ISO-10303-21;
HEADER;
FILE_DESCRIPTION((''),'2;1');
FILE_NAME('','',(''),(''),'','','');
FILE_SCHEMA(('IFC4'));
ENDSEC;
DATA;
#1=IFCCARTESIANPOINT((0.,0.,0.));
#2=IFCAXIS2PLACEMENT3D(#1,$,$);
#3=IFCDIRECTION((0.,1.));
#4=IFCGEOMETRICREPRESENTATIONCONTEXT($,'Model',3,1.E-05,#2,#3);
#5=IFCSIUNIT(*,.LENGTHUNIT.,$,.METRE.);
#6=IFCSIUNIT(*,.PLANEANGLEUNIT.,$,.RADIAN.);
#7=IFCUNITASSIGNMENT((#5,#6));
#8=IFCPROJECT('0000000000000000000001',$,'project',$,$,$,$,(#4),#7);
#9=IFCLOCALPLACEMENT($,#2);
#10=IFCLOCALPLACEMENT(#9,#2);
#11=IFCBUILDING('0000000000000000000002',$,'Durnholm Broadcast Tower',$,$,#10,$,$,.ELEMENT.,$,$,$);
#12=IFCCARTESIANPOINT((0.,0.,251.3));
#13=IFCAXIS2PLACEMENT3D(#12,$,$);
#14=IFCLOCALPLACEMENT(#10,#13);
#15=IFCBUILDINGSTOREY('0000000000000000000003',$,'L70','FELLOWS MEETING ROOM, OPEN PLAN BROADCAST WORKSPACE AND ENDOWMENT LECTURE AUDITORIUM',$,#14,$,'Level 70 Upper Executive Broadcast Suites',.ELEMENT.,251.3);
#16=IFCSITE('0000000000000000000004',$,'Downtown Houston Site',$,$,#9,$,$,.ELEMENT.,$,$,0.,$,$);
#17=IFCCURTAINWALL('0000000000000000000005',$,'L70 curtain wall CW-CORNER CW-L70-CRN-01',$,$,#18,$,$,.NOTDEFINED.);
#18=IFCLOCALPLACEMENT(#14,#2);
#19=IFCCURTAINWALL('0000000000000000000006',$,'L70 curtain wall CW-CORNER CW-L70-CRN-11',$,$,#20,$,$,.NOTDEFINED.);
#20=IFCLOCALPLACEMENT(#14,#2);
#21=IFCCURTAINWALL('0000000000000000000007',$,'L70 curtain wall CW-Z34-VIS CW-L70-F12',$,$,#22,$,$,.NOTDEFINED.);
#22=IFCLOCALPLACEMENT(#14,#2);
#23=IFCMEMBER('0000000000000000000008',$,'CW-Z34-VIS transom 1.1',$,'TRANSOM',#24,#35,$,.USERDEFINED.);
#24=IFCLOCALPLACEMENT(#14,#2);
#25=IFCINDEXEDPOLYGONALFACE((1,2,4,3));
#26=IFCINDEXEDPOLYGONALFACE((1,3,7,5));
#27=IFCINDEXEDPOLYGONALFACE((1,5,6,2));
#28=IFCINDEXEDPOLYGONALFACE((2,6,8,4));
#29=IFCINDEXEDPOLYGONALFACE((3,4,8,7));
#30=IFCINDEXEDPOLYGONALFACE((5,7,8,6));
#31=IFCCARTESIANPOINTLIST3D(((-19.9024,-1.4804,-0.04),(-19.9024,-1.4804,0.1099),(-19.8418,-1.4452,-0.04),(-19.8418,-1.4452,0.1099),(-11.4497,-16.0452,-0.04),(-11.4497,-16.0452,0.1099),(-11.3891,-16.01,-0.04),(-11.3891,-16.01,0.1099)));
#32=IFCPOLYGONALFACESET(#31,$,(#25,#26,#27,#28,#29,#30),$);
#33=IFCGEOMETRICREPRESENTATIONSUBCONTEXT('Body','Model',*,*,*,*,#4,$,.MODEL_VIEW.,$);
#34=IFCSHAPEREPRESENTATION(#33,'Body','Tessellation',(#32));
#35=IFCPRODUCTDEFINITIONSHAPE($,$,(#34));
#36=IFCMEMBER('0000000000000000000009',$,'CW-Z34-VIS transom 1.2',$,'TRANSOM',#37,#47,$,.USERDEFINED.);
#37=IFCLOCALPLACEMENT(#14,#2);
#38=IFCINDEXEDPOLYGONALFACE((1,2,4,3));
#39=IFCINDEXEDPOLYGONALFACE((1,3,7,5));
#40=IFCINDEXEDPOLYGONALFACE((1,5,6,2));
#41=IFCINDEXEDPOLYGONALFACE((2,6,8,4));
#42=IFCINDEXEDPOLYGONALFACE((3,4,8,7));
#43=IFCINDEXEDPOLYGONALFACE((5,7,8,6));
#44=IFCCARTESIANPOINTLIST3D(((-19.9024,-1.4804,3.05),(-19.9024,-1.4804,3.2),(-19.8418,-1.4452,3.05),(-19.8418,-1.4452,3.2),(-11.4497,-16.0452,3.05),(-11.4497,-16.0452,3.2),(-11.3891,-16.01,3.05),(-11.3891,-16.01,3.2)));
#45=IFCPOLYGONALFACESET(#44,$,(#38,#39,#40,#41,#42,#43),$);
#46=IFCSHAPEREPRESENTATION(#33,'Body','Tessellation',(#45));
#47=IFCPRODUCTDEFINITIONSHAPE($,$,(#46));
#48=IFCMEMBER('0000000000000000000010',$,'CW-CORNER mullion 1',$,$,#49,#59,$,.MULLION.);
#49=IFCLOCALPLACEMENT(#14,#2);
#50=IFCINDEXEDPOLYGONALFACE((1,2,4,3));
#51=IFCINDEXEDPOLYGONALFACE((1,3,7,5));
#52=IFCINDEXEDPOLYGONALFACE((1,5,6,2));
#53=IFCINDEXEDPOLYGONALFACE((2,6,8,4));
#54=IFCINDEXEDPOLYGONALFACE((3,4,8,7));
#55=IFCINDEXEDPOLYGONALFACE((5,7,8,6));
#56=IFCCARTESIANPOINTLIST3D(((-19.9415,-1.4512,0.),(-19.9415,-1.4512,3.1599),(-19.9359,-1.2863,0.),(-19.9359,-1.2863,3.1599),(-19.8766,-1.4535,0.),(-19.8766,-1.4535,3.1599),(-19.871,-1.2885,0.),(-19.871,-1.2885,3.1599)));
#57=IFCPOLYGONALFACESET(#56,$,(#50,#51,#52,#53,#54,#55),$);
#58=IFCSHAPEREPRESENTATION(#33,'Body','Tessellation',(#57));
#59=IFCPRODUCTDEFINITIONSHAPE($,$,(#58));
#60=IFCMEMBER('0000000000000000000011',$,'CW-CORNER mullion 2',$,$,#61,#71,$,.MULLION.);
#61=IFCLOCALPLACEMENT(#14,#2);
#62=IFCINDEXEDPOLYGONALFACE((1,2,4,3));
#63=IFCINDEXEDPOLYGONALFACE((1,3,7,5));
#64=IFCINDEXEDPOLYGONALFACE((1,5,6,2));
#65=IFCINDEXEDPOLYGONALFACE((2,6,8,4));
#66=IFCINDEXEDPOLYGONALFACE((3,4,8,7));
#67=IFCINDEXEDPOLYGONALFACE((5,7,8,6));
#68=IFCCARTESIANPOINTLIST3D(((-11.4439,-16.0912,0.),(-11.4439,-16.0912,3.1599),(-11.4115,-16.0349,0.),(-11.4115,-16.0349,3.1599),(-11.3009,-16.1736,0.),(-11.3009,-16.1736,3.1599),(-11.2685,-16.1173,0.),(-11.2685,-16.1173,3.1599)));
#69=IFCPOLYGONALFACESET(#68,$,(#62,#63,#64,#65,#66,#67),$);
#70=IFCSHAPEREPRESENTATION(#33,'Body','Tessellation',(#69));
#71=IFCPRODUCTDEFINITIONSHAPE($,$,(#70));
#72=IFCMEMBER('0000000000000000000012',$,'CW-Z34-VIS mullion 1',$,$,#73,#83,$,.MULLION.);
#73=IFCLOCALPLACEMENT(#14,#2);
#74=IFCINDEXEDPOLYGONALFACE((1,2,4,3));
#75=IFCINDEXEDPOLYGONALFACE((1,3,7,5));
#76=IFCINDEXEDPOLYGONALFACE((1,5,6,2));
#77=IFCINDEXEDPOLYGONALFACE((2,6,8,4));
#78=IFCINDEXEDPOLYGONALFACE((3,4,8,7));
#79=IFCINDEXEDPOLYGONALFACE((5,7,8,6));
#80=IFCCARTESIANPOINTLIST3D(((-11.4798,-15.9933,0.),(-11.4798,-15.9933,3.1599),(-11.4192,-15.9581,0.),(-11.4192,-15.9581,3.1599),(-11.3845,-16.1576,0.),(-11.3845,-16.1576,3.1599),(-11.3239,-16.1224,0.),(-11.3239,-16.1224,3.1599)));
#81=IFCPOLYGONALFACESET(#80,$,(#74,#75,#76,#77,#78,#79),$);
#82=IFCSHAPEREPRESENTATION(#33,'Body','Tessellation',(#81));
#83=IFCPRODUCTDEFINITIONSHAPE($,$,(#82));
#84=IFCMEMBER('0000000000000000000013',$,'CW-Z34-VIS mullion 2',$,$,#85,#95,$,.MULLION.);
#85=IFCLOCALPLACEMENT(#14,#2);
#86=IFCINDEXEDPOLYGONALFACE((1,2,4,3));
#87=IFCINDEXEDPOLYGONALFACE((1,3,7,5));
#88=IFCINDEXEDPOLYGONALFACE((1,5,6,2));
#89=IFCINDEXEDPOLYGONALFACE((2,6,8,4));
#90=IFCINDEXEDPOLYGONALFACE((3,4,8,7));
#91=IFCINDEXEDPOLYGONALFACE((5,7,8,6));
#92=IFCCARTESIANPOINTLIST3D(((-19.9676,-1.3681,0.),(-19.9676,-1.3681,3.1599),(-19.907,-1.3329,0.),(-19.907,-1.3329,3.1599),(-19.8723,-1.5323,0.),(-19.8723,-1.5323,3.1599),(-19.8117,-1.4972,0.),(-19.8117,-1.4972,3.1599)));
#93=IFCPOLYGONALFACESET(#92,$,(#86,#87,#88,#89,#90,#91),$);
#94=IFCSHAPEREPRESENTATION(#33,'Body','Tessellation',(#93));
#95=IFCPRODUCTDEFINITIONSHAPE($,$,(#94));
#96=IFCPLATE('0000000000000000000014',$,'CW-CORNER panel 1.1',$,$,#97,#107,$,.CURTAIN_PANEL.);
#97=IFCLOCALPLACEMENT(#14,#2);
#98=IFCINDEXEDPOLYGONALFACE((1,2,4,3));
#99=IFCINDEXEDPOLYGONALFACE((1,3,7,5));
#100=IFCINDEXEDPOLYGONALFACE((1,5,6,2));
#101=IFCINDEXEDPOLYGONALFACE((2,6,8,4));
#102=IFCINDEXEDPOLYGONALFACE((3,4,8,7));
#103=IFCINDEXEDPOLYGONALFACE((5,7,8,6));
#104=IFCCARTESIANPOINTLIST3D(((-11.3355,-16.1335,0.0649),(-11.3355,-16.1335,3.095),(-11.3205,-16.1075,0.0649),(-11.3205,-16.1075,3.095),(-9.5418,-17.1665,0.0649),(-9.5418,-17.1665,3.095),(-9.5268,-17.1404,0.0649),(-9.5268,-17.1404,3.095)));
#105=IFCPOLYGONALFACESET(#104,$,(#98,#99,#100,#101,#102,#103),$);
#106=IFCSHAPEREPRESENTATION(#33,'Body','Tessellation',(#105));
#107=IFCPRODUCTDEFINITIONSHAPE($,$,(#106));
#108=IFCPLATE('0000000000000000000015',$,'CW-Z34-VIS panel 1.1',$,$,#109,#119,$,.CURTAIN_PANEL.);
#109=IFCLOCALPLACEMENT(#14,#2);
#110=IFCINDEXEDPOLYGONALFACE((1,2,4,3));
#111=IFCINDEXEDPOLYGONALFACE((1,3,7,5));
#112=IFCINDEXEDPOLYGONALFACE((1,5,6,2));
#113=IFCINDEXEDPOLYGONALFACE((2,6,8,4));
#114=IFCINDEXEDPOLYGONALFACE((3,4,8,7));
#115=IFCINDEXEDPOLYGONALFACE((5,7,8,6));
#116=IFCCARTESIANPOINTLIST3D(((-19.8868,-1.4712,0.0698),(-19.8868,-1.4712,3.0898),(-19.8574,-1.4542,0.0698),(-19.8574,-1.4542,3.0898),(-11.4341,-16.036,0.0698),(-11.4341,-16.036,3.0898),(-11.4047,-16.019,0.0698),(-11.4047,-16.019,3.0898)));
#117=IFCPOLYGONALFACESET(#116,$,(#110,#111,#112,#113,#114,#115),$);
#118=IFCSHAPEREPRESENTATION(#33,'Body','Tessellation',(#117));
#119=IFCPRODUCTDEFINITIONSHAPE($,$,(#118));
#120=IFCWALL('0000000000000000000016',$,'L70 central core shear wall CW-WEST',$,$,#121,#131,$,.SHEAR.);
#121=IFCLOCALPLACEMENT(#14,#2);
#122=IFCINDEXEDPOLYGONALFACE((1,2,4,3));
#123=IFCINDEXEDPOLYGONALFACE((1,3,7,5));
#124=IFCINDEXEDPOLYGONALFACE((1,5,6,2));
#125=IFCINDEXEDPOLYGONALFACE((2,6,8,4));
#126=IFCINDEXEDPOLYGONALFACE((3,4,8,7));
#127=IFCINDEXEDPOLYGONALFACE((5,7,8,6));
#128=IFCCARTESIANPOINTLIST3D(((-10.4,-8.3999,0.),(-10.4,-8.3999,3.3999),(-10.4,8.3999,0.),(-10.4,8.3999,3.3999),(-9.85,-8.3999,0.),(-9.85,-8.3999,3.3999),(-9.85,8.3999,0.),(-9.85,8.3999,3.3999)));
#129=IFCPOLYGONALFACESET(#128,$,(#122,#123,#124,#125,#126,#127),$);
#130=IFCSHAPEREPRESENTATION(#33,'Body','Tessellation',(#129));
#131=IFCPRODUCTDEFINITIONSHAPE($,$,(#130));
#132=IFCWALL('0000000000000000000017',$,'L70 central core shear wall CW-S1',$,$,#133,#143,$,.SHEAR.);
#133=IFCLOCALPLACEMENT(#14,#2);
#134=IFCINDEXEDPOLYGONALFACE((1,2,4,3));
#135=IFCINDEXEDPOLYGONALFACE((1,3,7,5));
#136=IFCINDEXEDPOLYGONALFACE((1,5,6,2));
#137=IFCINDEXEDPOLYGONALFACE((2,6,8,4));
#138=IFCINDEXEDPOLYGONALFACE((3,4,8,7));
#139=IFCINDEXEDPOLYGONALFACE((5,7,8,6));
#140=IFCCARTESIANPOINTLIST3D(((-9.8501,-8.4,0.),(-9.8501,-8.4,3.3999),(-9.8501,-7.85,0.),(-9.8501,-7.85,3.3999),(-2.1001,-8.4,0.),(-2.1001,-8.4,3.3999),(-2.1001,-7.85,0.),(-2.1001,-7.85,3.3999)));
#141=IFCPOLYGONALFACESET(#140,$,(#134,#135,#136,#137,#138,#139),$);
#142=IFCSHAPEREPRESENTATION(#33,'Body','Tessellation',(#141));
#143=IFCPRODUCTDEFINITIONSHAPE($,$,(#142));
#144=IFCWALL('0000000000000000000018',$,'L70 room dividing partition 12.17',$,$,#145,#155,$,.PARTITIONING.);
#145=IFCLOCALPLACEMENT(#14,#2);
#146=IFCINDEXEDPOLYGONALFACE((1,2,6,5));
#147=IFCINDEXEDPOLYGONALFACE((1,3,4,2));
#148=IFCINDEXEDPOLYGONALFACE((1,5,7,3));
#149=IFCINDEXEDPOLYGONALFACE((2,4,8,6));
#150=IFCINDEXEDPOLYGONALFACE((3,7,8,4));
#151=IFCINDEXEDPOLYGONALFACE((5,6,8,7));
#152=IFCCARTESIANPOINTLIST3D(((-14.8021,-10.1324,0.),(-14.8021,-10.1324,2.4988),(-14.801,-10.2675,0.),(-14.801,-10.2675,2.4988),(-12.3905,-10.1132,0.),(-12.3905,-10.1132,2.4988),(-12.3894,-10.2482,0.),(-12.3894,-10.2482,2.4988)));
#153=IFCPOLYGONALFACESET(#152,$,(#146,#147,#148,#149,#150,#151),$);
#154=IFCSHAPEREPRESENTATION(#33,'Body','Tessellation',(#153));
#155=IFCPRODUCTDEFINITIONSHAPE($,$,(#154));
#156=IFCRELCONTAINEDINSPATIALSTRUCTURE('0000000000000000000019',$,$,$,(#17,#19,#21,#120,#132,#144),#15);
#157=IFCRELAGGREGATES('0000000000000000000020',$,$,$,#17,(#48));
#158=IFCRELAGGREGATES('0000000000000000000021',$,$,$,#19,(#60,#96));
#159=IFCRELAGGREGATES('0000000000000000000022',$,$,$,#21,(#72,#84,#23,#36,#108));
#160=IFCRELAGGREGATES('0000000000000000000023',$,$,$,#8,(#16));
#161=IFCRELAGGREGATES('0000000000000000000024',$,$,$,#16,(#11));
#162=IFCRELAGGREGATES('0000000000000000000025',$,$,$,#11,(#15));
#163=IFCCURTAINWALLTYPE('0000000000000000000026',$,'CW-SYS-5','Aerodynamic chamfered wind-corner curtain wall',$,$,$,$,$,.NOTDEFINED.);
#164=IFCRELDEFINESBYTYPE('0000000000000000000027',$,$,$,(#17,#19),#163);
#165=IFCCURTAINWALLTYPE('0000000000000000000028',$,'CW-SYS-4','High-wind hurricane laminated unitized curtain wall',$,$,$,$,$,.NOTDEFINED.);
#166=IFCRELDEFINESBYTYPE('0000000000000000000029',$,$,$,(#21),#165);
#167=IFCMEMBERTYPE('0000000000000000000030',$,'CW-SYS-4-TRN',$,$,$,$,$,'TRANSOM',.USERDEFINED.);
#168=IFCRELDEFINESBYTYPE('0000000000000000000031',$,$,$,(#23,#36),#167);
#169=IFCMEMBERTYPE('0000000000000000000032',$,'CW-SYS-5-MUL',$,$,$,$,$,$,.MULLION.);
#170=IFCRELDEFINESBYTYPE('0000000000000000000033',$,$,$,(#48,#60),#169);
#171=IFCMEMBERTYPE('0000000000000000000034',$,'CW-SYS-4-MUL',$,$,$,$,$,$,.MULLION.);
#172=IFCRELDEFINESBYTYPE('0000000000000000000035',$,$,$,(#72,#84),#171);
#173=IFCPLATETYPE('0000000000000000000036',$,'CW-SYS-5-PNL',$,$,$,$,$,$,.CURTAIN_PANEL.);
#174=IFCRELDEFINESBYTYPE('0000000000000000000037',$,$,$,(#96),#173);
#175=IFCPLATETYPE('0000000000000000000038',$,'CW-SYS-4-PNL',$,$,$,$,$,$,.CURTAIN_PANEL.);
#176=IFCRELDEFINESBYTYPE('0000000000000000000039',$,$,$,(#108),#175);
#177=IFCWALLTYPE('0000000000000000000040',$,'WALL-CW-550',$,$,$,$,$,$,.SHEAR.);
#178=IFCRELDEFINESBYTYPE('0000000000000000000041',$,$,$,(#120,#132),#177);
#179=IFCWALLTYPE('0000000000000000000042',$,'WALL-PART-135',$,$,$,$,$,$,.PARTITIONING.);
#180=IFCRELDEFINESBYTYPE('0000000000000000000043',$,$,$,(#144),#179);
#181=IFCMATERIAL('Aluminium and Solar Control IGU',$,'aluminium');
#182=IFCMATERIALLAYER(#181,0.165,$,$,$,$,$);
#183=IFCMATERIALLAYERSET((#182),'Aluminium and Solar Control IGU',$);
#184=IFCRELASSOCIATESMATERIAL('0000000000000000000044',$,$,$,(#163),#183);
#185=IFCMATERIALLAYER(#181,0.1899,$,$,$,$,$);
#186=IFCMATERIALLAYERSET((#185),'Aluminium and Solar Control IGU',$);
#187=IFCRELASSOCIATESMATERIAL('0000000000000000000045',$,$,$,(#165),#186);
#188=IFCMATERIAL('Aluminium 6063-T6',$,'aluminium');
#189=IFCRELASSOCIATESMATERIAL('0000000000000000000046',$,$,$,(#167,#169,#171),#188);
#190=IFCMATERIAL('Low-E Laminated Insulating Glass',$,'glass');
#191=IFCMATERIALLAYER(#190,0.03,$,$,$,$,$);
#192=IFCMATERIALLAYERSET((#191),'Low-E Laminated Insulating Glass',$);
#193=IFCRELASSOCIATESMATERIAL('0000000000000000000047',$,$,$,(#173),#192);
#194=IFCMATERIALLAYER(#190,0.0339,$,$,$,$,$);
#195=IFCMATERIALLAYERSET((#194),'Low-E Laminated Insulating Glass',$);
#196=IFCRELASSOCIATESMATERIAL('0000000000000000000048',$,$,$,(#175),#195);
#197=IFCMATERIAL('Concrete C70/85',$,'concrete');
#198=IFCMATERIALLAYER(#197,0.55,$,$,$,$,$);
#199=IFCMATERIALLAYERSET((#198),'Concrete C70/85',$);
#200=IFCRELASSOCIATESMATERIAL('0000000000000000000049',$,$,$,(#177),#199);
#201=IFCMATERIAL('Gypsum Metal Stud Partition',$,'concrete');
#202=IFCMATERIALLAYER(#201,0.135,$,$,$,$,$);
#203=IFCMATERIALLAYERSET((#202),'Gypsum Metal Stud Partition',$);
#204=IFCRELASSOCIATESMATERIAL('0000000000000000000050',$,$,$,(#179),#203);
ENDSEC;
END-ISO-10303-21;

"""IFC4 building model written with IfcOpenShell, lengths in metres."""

from ifc_helpers import new_model, si_unit, direction, frame, frame_2d, origin, origin_2d, place, context, subcontext, project, spatial, rectangle, extrude, source, transform, mapped, material, layer, layer_set, material_profile, profile_set, type_object, type_shapes, element, aggregate, save


model = new_model("IFC4")

# Units and contexts
model_context = context("Model", 3, precision=1e-05, world=origin(), true_north=direction((0.0, 1.0)))
body_context = subcontext(model_context, "Body", "Model", "MODEL_VIEW")
ifc_project = project(units=[si_unit("LENGTHUNIT", "METRE"), si_unit("PLANEANGLEUNIT", "RADIAN")], contexts=[model_context])

# Site, building, storey
site_placement = place(None, origin())
site = spatial("IfcSite", under=ifc_project, at=site_placement, Name="Downtown Houston Site", CompositionType="ELEMENT", RefElevation=0.0)
building_placement = place(site_placement, origin())
building = spatial("IfcBuilding", under=site, at=building_placement, Name="Durnholm Broadcast Tower", CompositionType="ELEMENT")
storey_placement = place(building_placement, frame((0.0, 0.0, 251.3)))
storey = spatial("IfcBuildingStorey", under=building, at=storey_placement, Name="L70", Description="FELLOWS MEETING ROOM, OPEN PLAN BROADCAST WORKSPACE AND ENDOWMENT LECTURE AUDITORIUM", LongName="Level 70 Upper Executive Broadcast Suites", CompositionType="ELEMENT", Elevation=251.3)

# Shared definitions
ifc_material_1 = material(Name="Concrete C70/85", Category="concrete")

# Curtain walls, members
ifc_material_2 = material(Name="Aluminium and Solar Control IGU", Category="aluminium")
ifc_layer_1 = layer(ifc_material_2, 0.165)
ifc_layer_set_1 = layer_set([ifc_layer_1], Name="Aluminium and Solar Control IGU")
curtain_wall_type_1 = type_object("IfcCurtainWallType", Name="CW-SYS-5", Description="Aerodynamic chamfered wind-corner curtain wall", PredefinedType="NOTDEFINED", material=ifc_layer_set_1)
curtain_wall_1_placement = place(storey_placement, origin())
curtain_wall_1 = element("IfcCurtainWall", 1, at=curtain_wall_1_placement, inside=storey, type_object=curtain_wall_type_1, Name="L70 curtain wall CW-CORNER CW-L70-CRN-01", PredefinedType="NOTDEFINED")
ifc_material_3 = material(Name="Aluminium 6063-T6", Category="aluminium")
curtain_wall_2_placement = place(storey_placement, origin())
curtain_wall_2 = element("IfcCurtainWall", 2, at=curtain_wall_2_placement, inside=storey, type_object=curtain_wall_type_1, Name="L70 curtain wall CW-CORNER CW-L70-CRN-11", PredefinedType="NOTDEFINED")
ifc_layer_2 = layer(ifc_material_2, 0.1899)
ifc_layer_set_2 = layer_set([ifc_layer_2], Name="Aluminium and Solar Control IGU")
curtain_wall_type_2 = type_object("IfcCurtainWallType", Name="CW-SYS-4", Description="High-wind hurricane laminated unitized curtain wall", PredefinedType="NOTDEFINED", material=ifc_layer_set_2)
curtain_wall_3_placement = place(storey_placement, origin())
curtain_wall_3 = element("IfcCurtainWall", 3, at=curtain_wall_3_placement, inside=storey, type_object=curtain_wall_type_2, Name="L70 curtain wall CW-Z34-VIS CW-L70-F12", PredefinedType="NOTDEFINED")
ifc_material_profile_1 = material_profile(ifc_material_3, rectangle(XDim=0.0701, YDim=0.1499, at=origin_2d()), Name="CWT70X150")
ifc_profile_set_1 = profile_set([ifc_material_profile_1], Name="Aluminium 6063-T6")
member_type_1 = type_object("IfcMemberType", Name="CW-SYS-4-TRN", ElementType="TRANSOM", PredefinedType="USERDEFINED", material=ifc_profile_set_1)
shared_shape_1 = source(origin(), body_context, "Body", "SweptSolid", [
    extrude(rectangle(XDim=0.0701, YDim=0.1499, at=origin_2d()), origin(), (0.0, 0.0, 1.0), 16.8398),
])
type_shapes(member_type_1, [shared_shape_1])
member_1_placement = place(storey_placement, frame((-11.4194, -16.0276, 0.0349), z_axis=(-0.501945, 0.864899, 0.0), x_axis=(-0.864899, -0.501945, 0.0)))
member_1 = element("IfcMember", 4, at=member_1_placement, type_object=member_type_1, Name="CW-Z34-VIS transom 1.1", ObjectType="TRANSOM", PredefinedType="USERDEFINED", context=body_context, shape_type="MappedRepresentation", body=[
    mapped(shared_shape_1, transform((0.0, 0.0, 0.0), x_axis=(1.0, 0.0, 0.0), y_axis=(0.0, 1.0, 0.0), z_axis=(0.0, 0.0, 1.0), scale=1.0)),
])
member_2_placement = place(storey_placement, frame((-11.4194, -16.0276, 3.125), z_axis=(-0.501945, 0.864899, 0.0), x_axis=(-0.864899, -0.501945, 0.0)))
member_2 = element("IfcMember", 5, at=member_2_placement, type_object=member_type_1, Name="CW-Z34-VIS transom 1.2", ObjectType="TRANSOM", PredefinedType="USERDEFINED", context=body_context, shape_type="MappedRepresentation", body=[
    mapped(shared_shape_1, transform((0.0, 0.0, 0.0), x_axis=(1.0, 0.0, 0.0), y_axis=(0.0, 1.0, 0.0), z_axis=(0.0, 0.0, 1.0), scale=1.0)),
])

# Members
ifc_material_profile_2 = material_profile(ifc_material_3, rectangle(XDim=0.0649, YDim=0.165, at=origin_2d()), Name="CWM65X165")
ifc_profile_set_2 = profile_set([ifc_material_profile_2], Name="Aluminium 6063-T6")
member_type_2 = type_object("IfcMemberType", Name="CW-SYS-5-MUL", PredefinedType="MULLION", material=ifc_profile_set_2)
shared_shape_2 = source(origin(), body_context, "Body", "SweptSolid", [
    extrude(rectangle(XDim=0.0649, YDim=0.165, at=origin_2d()), origin(), (0.0, 0.0, 1.0), 3.1599),
])
type_shapes(member_type_2, [shared_shape_2])
member_3_placement = place(storey_placement, frame((-19.9062, -1.3699, 0.0), z_axis=(0.0, 0.0, 1.0), x_axis=(-0.999411, 0.034318, 0.0)))
member_3 = element("IfcMember", 6, at=member_3_placement, type_object=member_type_2, Name="CW-CORNER mullion 1", PredefinedType="MULLION", context=body_context, shape_type="MappedRepresentation", body=[
    mapped(shared_shape_2, transform((0.0, 0.0, 0.0), x_axis=(1.0, 0.0, 0.0), y_axis=(0.0, 1.0, 0.0), z_axis=(0.0, 0.0, 1.0), scale=1.0)),
])
aggregate(curtain_wall_1, [member_3])
member_4_placement = place(storey_placement, frame((-11.3562, -16.1042, 0.0), z_axis=(0.0, 0.0, 1.0), x_axis=(-0.499059, -0.866568, 0.0)))
member_4 = element("IfcMember", 7, at=member_4_placement, type_object=member_type_2, Name="CW-CORNER mullion 2", PredefinedType="MULLION", context=body_context, shape_type="MappedRepresentation", body=[
    mapped(shared_shape_2, transform((0.0, 0.0, 0.0), x_axis=(1.0, 0.0, 0.0), y_axis=(0.0, 1.0, 0.0), z_axis=(0.0, 0.0, 1.0), scale=1.0)),
])
ifc_material_profile_3 = material_profile(ifc_material_3, rectangle(XDim=0.0701, YDim=0.1899, at=origin_2d()), Name="CWM70X190")
ifc_profile_set_3 = profile_set([ifc_material_profile_3], Name="Aluminium 6063-T6")
member_type_3 = type_object("IfcMemberType", Name="CW-SYS-4-MUL", PredefinedType="MULLION", material=ifc_profile_set_3)
shared_shape_3 = source(origin(), body_context, "Body", "SweptSolid", [
    extrude(rectangle(XDim=0.0701, YDim=0.1899, at=origin_2d()), origin(), (0.0, 0.0, 1.0), 3.1599),
])
type_shapes(member_type_3, [shared_shape_3])
member_5_placement = place(storey_placement, frame((-11.4019, -16.0579, 0.0), z_axis=(0.0, 0.0, 1.0), x_axis=(-0.8649, -0.501944, 0.0)))
member_5 = element("IfcMember", 8, at=member_5_placement, type_object=member_type_3, Name="CW-Z34-VIS mullion 1", PredefinedType="MULLION", context=body_context, shape_type="MappedRepresentation", body=[
    mapped(shared_shape_3, transform((0.0, 0.0, 0.0), x_axis=(1.0, 0.0, 0.0), y_axis=(0.0, 1.0, 0.0), z_axis=(0.0, 0.0, 1.0), scale=1.0)),
])
member_6_placement = place(storey_placement, frame((-19.8896, -1.4326, 0.0), z_axis=(0.0, 0.0, 1.0), x_axis=(-0.8649, -0.501944, 0.0)))
member_6 = element("IfcMember", 9, at=member_6_placement, type_object=member_type_3, Name="CW-Z34-VIS mullion 2", PredefinedType="MULLION", context=body_context, shape_type="MappedRepresentation", body=[
    mapped(shared_shape_3, transform((0.0, 0.0, 0.0), x_axis=(1.0, 0.0, 0.0), y_axis=(0.0, 1.0, 0.0), z_axis=(0.0, 0.0, 1.0), scale=1.0)),
])

# Plates
ifc_material_4 = material(Name="Low-E Laminated Insulating Glass", Category="glass")
ifc_layer_3 = layer(ifc_material_4, 0.03)
ifc_layer_set_3 = layer_set([ifc_layer_3], Name="Low-E Laminated Insulating Glass")
plate_type_1 = type_object("IfcPlateType", Name="CW-SYS-5-PNL", PredefinedType="CURTAIN_PANEL", material=ifc_layer_set_3)
shared_shape_4 = source(origin(), body_context, "Body", "SweptSolid", [
    extrude(rectangle(XDim=2.0698, YDim=0.03, at=origin_2d()), origin(), (0.0, 0.0, 1.0), 3.03),
])
type_shapes(plate_type_1, [shared_shape_4])
plate_1_placement = place(storey_placement, frame((-10.4312, -16.637, 0.0649), z_axis=(0.0, 0.0, 1.0), x_axis=(-0.866568, 0.499059, 0.0)))
plate_1 = element("IfcPlate", 10, at=plate_1_placement, type_object=plate_type_1, Name="CW-CORNER panel 1.1", PredefinedType="CURTAIN_PANEL", context=body_context, shape_type="MappedRepresentation", body=[
    mapped(shared_shape_4, transform((0.0, 0.0, 0.0), x_axis=(1.0, 0.0, 0.0), y_axis=(0.0, 1.0, 0.0), z_axis=(0.0, 0.0, 1.0), scale=1.0)),
])
aggregate(curtain_wall_2, [member_4, plate_1])
ifc_layer_4 = layer(ifc_material_4, 0.0339)
ifc_layer_set_4 = layer_set([ifc_layer_4], Name="Low-E Laminated Insulating Glass")
plate_type_2 = type_object("IfcPlateType", Name="CW-SYS-4-PNL", PredefinedType="CURTAIN_PANEL", material=ifc_layer_set_4)
shared_shape_5 = source(origin(), body_context, "Body", "SweptSolid", [
    extrude(rectangle(XDim=16.8398, YDim=0.0339, at=origin_2d()), origin(), (0.0, 0.0, 1.0), 3.02),
])
type_shapes(plate_type_2, [shared_shape_5])
plate_2_placement = place(storey_placement, frame((-15.6458, -8.7451, 0.0698), z_axis=(0.0, 0.0, 1.0), x_axis=(-0.501944, 0.8649, 0.0)))
plate_2 = element("IfcPlate", 11, at=plate_2_placement, type_object=plate_type_2, Name="CW-Z34-VIS panel 1.1", PredefinedType="CURTAIN_PANEL", context=body_context, shape_type="MappedRepresentation", body=[
    mapped(shared_shape_5, transform((0.0, 0.0, 0.0), x_axis=(1.0, 0.0, 0.0), y_axis=(0.0, 1.0, 0.0), z_axis=(0.0, 0.0, 1.0), scale=1.0)),
])
aggregate(curtain_wall_3, [member_5, member_6, member_1, member_2, plate_2])

# Walls
ifc_layer_5 = layer(ifc_material_1, 0.55)
ifc_layer_set_5 = layer_set([ifc_layer_5], Name="Concrete C70/85")
wall_type_1 = type_object("IfcWallType", Name="WALL-CW-550", PredefinedType="SHEAR", material=ifc_layer_set_5)
wall_1_placement = place(storey_placement, frame((-10.125, -8.3999, 0.0), z_axis=(0.0, 0.0, 1.0), x_axis=(0.0, 1.0, 0.0)))
element("IfcWall", 12, at=wall_1_placement, inside=storey, type_object=wall_type_1, Name="L70 central core shear wall CW-WEST", PredefinedType="SHEAR", context=body_context, shape_type="SweptSolid", body=[
    extrude(rectangle(XDim=16.7998, YDim=0.55, at=frame_2d((8.3999, 0.0))), origin(), (0.0, 0.0, 1.0), 3.3999),
])
wall_2_placement = place(storey_placement, frame((-9.8501, -8.125, 0.0), z_axis=(0.0, 0.0, 1.0), x_axis=(1.0, 0.0, 0.0)))
element("IfcWall", 13, at=wall_2_placement, inside=storey, type_object=wall_type_1, Name="L70 central core shear wall CW-S1", PredefinedType="SHEAR", context=body_context, shape_type="SweptSolid", body=[
    extrude(rectangle(XDim=7.75, YDim=0.55, at=frame_2d((3.875, 0.0))), origin(), (0.0, 0.0, 1.0), 3.3999),
])
ifc_material_5 = material(Name="Gypsum Metal Stud Partition", Category="concrete")
ifc_layer_6 = layer(ifc_material_5, 0.135)
ifc_layer_set_6 = layer_set([ifc_layer_6], Name="Gypsum Metal Stud Partition")
wall_type_2 = type_object("IfcWallType", Name="WALL-PART-135", PredefinedType="PARTITIONING", material=ifc_layer_set_6)
wall_3_placement = place(storey_placement, frame((-14.8015, -10.2, 0.0), z_axis=(0.0, 0.0, 1.0), x_axis=(0.999968, 0.007997, 0.0)))
element("IfcWall", 14, at=wall_3_placement, inside=storey, type_object=wall_type_2, Name="L70 room dividing partition 12.17", PredefinedType="PARTITIONING", context=body_context, shape_type="SweptSolid", body=[
    extrude(rectangle(XDim=2.4116, YDim=0.135, at=frame_2d((1.2058, 0.0))), origin(), (0.0, 0.0, 1.0), 2.4988),
])

save(model, "model.ifc")
